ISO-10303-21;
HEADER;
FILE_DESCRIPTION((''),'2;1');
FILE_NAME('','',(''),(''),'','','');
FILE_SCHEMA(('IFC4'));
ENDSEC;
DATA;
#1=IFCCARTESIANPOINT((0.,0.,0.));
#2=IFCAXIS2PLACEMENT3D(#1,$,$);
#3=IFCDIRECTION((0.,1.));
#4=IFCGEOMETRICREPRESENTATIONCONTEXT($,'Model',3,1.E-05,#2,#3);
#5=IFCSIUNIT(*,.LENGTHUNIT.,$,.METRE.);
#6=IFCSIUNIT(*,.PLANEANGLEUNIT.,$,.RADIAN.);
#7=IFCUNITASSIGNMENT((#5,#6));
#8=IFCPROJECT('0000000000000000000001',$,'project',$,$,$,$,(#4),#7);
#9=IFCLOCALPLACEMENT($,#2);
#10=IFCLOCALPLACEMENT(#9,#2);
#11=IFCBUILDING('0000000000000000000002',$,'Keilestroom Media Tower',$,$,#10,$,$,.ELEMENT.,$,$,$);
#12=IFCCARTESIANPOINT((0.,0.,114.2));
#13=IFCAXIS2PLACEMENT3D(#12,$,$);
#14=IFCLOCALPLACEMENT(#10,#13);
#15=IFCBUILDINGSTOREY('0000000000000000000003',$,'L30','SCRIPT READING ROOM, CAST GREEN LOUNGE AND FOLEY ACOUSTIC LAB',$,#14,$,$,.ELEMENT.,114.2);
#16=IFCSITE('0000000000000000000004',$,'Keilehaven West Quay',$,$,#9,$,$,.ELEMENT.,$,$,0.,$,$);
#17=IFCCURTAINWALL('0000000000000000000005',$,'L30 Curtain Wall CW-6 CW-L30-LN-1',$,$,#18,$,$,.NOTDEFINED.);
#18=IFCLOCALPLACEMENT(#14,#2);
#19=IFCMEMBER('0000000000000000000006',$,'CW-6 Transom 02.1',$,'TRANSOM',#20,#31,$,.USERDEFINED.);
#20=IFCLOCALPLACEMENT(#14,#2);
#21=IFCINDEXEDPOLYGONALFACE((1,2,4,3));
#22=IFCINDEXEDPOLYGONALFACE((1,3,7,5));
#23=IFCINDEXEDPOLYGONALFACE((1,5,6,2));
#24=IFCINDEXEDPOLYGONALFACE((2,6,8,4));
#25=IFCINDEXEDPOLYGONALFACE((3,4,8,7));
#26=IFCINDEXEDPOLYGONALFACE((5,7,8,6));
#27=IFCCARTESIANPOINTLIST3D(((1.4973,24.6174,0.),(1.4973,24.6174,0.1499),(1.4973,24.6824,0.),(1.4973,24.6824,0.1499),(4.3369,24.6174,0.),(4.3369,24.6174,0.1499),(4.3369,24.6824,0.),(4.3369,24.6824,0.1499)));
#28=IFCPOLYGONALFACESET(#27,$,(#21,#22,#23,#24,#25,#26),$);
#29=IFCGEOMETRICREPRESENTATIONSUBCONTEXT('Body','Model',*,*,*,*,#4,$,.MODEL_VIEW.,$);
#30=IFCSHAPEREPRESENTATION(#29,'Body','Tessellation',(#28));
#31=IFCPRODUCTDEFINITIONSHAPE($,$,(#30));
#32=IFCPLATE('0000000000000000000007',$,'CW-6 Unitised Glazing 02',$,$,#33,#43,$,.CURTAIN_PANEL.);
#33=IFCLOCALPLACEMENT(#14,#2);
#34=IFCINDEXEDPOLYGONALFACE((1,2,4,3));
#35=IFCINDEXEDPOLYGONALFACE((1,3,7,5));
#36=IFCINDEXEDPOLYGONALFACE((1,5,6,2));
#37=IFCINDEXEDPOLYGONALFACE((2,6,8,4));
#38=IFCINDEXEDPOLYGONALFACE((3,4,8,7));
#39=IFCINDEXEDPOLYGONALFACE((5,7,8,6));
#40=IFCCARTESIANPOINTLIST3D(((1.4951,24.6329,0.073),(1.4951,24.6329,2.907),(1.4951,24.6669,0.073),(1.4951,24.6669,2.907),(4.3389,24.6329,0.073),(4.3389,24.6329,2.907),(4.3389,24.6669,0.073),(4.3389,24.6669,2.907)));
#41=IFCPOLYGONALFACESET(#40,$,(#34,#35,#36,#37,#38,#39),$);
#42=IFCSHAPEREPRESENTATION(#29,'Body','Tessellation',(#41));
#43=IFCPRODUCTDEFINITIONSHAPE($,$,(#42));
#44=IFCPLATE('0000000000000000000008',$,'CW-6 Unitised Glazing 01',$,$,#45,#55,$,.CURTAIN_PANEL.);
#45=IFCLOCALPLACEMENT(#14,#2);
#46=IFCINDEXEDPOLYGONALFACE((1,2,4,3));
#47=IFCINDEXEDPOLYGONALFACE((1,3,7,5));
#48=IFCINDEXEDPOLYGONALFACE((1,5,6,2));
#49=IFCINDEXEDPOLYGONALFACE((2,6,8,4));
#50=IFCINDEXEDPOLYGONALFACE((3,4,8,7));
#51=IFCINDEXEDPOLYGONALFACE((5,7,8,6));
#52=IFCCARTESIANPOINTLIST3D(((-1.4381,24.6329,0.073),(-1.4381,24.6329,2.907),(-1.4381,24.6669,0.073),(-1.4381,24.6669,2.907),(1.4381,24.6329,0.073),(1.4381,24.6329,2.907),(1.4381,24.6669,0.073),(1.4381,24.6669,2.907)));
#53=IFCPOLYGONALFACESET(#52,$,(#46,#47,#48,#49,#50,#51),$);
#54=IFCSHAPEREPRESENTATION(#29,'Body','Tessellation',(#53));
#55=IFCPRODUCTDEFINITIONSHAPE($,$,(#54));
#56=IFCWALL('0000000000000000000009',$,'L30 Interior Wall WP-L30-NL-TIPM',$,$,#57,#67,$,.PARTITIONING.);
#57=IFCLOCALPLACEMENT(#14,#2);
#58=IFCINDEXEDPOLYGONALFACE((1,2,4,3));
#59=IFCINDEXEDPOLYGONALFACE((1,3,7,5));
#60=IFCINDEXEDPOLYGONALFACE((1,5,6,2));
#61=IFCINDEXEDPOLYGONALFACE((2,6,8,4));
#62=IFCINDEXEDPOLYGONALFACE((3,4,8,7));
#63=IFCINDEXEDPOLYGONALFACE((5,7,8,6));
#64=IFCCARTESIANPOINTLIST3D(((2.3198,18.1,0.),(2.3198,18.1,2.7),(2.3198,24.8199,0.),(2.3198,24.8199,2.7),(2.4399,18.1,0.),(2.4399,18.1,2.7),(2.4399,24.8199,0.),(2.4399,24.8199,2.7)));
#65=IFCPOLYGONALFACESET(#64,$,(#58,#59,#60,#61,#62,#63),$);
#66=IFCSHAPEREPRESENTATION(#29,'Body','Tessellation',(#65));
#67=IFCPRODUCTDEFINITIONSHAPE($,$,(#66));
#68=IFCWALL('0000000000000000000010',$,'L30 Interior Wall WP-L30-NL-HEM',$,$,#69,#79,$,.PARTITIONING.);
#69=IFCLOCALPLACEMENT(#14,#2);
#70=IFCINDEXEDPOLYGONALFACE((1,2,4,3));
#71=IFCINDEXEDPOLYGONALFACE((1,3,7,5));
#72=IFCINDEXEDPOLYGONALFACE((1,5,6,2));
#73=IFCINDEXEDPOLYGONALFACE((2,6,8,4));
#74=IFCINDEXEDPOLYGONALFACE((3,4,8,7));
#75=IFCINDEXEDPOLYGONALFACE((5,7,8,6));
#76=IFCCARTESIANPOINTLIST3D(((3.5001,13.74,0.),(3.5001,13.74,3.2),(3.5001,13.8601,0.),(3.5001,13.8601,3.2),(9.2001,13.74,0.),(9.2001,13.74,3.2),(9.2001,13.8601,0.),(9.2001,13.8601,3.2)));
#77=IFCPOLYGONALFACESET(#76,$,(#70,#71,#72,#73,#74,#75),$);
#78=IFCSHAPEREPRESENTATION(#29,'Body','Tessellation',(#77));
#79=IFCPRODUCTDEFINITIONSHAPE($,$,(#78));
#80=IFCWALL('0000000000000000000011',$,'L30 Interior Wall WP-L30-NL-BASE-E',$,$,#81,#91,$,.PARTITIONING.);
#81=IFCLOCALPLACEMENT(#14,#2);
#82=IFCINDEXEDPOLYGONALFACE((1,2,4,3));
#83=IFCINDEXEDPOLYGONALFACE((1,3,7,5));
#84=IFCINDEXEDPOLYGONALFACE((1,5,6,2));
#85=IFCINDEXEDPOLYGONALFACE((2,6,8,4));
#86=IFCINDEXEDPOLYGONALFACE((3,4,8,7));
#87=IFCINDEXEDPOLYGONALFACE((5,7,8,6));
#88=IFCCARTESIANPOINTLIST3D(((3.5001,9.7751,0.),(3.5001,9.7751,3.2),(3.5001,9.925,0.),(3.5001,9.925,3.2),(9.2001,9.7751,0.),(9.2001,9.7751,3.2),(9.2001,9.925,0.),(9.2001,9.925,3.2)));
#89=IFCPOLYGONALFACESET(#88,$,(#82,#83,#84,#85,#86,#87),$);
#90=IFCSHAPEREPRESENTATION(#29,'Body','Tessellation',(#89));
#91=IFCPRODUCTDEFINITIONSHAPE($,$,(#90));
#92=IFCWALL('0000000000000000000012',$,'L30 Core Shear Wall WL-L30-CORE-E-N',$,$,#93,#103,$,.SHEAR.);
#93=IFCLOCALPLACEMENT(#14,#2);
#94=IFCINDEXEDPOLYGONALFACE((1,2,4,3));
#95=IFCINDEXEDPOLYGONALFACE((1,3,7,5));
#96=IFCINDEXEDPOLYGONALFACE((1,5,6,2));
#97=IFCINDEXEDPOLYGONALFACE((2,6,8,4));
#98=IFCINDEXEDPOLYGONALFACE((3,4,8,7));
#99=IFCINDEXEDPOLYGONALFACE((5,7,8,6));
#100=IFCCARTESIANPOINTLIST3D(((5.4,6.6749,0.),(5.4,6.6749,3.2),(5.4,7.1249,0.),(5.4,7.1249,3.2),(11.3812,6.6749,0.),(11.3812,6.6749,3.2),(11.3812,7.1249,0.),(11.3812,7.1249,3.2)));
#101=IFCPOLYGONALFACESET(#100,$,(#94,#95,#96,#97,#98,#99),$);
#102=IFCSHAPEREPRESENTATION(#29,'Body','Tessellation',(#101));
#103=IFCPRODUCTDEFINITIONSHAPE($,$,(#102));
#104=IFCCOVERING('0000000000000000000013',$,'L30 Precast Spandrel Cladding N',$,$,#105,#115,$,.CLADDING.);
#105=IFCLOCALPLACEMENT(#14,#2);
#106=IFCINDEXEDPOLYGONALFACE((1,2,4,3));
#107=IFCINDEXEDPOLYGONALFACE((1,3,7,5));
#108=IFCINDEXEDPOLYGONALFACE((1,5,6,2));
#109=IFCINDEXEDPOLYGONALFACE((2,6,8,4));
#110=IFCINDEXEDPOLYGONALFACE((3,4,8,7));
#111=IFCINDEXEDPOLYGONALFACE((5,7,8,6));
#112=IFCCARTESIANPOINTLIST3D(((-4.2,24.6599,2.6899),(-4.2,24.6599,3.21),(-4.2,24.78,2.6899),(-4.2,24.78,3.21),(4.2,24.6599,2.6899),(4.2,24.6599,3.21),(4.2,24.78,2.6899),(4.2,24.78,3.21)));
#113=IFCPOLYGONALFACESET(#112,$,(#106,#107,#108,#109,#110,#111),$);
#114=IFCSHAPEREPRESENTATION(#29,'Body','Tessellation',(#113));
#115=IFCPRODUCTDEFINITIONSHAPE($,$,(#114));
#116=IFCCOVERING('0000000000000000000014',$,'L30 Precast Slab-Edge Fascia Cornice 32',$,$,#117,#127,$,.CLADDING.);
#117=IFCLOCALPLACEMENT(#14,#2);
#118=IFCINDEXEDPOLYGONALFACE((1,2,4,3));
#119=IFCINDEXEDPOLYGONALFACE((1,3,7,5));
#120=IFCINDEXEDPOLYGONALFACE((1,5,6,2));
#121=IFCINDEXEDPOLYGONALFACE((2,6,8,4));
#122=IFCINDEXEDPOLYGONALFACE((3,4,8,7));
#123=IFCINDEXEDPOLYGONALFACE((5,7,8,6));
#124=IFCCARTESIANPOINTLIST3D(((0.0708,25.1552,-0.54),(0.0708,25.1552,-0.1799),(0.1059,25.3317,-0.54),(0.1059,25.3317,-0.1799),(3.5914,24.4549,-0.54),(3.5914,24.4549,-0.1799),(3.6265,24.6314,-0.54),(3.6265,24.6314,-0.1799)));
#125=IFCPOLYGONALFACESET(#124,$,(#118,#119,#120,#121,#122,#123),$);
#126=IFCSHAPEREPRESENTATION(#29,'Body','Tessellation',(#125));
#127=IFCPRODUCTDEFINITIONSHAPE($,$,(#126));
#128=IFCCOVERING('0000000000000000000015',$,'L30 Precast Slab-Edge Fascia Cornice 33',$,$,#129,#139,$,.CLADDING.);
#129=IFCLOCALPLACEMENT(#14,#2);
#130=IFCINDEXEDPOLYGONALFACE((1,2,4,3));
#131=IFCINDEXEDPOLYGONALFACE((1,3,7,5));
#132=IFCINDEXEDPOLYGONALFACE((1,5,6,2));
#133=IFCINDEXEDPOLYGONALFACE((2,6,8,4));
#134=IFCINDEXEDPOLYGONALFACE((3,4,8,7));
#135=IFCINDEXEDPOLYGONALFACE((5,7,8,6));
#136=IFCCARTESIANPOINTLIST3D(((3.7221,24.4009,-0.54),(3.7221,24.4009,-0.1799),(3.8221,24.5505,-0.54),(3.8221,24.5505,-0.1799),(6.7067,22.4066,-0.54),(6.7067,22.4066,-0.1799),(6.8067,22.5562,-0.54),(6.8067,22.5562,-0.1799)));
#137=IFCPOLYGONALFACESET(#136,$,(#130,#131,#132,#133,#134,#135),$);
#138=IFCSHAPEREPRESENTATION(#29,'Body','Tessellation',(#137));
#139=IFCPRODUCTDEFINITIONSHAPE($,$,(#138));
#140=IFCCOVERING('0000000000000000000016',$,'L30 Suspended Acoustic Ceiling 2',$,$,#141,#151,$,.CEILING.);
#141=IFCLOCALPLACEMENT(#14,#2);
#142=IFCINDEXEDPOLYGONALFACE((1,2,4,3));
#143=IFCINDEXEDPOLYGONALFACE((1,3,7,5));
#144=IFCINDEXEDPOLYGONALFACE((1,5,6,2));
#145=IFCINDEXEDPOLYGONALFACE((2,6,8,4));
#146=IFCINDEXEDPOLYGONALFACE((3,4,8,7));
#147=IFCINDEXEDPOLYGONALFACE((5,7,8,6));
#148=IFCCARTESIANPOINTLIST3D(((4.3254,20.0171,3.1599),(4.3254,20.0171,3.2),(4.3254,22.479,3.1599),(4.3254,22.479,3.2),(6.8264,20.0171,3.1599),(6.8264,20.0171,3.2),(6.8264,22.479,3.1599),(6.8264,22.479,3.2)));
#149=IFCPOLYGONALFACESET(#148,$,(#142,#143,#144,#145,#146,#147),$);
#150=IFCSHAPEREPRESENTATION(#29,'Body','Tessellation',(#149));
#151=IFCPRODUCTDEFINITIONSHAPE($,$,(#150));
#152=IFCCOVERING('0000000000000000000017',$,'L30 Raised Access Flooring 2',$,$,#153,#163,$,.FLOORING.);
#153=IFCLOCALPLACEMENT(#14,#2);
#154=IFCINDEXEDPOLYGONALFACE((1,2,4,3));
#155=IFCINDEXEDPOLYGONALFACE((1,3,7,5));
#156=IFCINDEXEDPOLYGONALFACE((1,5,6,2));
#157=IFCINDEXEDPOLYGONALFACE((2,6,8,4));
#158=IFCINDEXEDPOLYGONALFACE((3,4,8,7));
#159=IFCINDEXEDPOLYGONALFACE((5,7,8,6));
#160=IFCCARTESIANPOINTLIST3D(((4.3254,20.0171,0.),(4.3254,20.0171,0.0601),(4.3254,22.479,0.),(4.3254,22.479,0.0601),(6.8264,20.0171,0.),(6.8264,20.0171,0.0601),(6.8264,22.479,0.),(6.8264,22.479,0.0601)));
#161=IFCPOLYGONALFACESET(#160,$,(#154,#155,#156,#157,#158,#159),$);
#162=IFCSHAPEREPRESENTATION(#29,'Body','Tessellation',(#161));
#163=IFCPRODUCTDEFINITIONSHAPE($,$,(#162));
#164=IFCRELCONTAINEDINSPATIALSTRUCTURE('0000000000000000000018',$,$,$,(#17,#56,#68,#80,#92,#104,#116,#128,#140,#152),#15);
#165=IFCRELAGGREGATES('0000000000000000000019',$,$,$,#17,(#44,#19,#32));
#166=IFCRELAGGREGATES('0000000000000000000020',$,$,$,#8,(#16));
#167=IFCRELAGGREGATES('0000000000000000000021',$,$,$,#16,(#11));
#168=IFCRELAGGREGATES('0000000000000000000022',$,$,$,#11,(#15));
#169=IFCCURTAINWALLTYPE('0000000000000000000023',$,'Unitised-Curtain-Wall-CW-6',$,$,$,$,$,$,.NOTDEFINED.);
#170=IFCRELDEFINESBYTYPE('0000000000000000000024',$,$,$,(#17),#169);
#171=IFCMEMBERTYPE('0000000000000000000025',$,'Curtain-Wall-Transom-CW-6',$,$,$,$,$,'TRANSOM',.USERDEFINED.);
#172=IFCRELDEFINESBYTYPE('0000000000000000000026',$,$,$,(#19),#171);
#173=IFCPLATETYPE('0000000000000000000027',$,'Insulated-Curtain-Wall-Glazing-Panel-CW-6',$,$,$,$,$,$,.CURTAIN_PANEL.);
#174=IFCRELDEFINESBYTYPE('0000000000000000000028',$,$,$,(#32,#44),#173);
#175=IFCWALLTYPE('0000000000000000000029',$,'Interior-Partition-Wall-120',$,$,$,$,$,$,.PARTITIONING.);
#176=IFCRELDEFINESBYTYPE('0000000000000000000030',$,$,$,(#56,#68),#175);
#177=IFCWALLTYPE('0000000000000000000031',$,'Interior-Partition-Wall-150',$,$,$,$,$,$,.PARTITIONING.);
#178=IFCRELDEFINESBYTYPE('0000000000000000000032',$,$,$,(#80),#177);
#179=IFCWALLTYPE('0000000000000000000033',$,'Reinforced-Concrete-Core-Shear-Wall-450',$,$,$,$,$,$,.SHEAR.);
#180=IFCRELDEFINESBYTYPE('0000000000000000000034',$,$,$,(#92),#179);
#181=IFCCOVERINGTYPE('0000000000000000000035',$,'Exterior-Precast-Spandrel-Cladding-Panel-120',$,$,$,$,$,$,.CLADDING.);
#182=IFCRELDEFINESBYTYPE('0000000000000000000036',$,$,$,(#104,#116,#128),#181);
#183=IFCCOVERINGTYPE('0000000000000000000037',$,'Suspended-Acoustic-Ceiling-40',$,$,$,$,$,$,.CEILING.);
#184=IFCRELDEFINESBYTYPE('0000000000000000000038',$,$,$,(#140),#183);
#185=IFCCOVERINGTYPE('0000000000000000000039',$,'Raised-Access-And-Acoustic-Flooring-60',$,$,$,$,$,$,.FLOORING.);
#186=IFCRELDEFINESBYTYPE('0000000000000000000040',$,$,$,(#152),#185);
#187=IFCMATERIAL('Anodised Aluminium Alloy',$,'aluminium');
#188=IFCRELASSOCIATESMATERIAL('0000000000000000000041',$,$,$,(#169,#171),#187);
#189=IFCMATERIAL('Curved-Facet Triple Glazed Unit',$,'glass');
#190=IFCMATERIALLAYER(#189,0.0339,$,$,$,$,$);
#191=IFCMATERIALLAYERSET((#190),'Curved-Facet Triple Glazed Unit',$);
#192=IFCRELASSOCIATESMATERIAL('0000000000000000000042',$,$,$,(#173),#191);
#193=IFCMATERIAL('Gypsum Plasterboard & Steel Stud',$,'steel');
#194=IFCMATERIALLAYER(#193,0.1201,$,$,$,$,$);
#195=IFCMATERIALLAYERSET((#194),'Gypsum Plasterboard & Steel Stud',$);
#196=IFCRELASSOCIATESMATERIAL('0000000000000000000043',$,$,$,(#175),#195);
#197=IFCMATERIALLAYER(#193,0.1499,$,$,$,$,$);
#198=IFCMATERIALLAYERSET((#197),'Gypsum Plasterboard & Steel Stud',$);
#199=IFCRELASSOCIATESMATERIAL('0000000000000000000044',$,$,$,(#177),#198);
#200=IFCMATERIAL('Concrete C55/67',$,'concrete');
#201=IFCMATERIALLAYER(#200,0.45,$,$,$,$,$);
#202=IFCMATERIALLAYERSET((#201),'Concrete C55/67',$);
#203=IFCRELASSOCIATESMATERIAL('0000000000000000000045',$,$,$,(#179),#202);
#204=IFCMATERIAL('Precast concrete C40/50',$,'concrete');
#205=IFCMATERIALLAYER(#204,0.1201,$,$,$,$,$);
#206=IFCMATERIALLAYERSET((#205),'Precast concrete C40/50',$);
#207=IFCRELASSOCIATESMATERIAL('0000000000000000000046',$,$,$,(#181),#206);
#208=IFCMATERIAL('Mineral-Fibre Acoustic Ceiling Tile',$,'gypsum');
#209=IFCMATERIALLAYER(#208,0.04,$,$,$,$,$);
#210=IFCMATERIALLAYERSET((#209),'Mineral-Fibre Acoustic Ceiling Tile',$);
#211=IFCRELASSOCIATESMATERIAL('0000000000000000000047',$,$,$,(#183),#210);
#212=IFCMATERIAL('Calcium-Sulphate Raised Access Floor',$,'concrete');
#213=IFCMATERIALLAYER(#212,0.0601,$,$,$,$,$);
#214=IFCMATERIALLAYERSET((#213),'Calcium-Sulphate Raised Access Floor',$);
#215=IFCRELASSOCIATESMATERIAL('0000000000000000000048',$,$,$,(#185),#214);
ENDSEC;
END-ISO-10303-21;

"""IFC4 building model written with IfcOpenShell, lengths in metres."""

from ifc_helpers import new_model, si_unit, direction, frame, frame_2d, origin, origin_2d, place, context, subcontext, project, spatial, rectangle, extrude, source, transform, mapped, material, layer, layer_set, material_profile, profile_set, type_object, element, aggregate, save


model = new_model("IFC4")

# Units and contexts
model_context = context("Model", 3, precision=1e-05, world=origin(), true_north=direction((0.0, 1.0)))
body_context = subcontext(model_context, "Body", "Model", "MODEL_VIEW")
ifc_project = project(units=[si_unit("LENGTHUNIT", "METRE"), si_unit("PLANEANGLEUNIT", "RADIAN")], contexts=[model_context])

# Site, building, storey
site_placement = place(None, origin())
site = spatial("IfcSite", under=ifc_project, at=site_placement, Name="Keilehaven West Quay", CompositionType="ELEMENT", RefElevation=0.0)
building_placement = place(site_placement, origin())
building = spatial("IfcBuilding", under=site, at=building_placement, Name="Keilestroom Media Tower", CompositionType="ELEMENT")
storey_placement = place(building_placement, frame((0.0, 0.0, 114.2)))
storey = spatial("IfcBuildingStorey", under=building, at=storey_placement, Name="L30", Description="SCRIPT READING ROOM, CAST GREEN LOUNGE AND FOLEY ACOUSTIC LAB", CompositionType="ELEMENT", Elevation=114.2)

# Shared definitions
ifc_material_1 = material(Name="Concrete C55/67", Category="concrete")

# Curtain wall, member, plates
ifc_material_2 = material(Name="Anodised Aluminium Alloy", Category="aluminium")
curtain_wall_type = type_object("IfcCurtainWallType", Name="Unitised-Curtain-Wall-CW-6", PredefinedType="NOTDEFINED", material=ifc_material_2)
curtain_wall_placement = place(storey_placement, origin())
curtain_wall = element("IfcCurtainWall", 1, at=curtain_wall_placement, inside=storey, type_object=curtain_wall_type, Name="L30 Curtain Wall CW-6 CW-L30-LN-1", PredefinedType="NOTDEFINED")
ifc_material_profile_1 = material_profile(ifc_material_2, rectangle(XDim=0.0649, YDim=0.1499, at=origin_2d()), Name="ALU TRANSOM 65x150")
ifc_profile_set_1 = profile_set([ifc_material_profile_1], Name="Anodised Aluminium Alloy")
member_type_1 = type_object("IfcMemberType", Name="Curtain-Wall-Transom-CW-6", ElementType="TRANSOM", PredefinedType="USERDEFINED", material=ifc_profile_set_1)
shared_shape_1 = source(origin(), body_context, "Body", "SweptSolid", [
    extrude(rectangle(XDim=0.0649, YDim=0.1499, at=origin_2d()), origin(), (0.0, 0.0, 1.0), 2.8396),
])
member_1_placement = place(storey_placement, frame((1.4973, 24.6499, 0.075), z_axis=(1.0, 0.0, 0.0), x_axis=(0.0, 1.0, 0.0)))
member_1 = element("IfcMember", 2, at=member_1_placement, type_object=member_type_1, Name="CW-6 Transom 02.1", ObjectType="TRANSOM", PredefinedType="USERDEFINED", context=body_context, shape_type="MappedRepresentation", body=[
    mapped(shared_shape_1, transform((0.0, 0.0, 0.0), x_axis=(1.0, 0.0, 0.0), y_axis=(0.0, 1.0, 0.0), z_axis=(0.0, 0.0, 1.0), scale=1.0)),
])
ifc_material_3 = material(Name="Curved-Facet Triple Glazed Unit", Category="glass")
ifc_layer_1 = layer(ifc_material_3, 0.0339)
ifc_layer_set_1 = layer_set([ifc_layer_1], Name="Curved-Facet Triple Glazed Unit")
plate_type = type_object("IfcPlateType", Name="Insulated-Curtain-Wall-Glazing-Panel-CW-6", PredefinedType="CURTAIN_PANEL", material=ifc_layer_set_1)
shared_shape_2 = source(origin(), body_context, "Body", "SweptSolid", [
    extrude(rectangle(XDim=2.8438, YDim=0.0339, at=origin_2d()), origin(), (0.0, 0.0, 1.0), 2.834),
])
plate_1_placement = place(storey_placement, frame((2.917, 24.6499, 0.073), z_axis=(0.0, 0.0, 1.0), x_axis=(1.0, 0.0, 0.0)))
plate_1 = element("IfcPlate", 3, at=plate_1_placement, type_object=plate_type, Name="CW-6 Unitised Glazing 02", PredefinedType="CURTAIN_PANEL", context=body_context, shape_type="MappedRepresentation", body=[
    mapped(shared_shape_2, transform((0.0, 0.0, 0.0), x_axis=(1.0, 0.0, 0.0), y_axis=(0.0, 1.0, 0.0), z_axis=(0.0, 0.0, 1.0), scale=1.0)),
])
shared_shape_3 = source(origin(), body_context, "Body", "SweptSolid", [
    extrude(rectangle(XDim=2.8762, YDim=0.0339, at=origin_2d()), origin(), (0.0, 0.0, 1.0), 2.834),
])
plate_2_placement = place(storey_placement, frame((0.0, 24.6499, 0.073), z_axis=(0.0, 0.0, 1.0), x_axis=(1.0, 0.0, 0.0)))
plate_2 = element("IfcPlate", 4, at=plate_2_placement, type_object=plate_type, Name="CW-6 Unitised Glazing 01", PredefinedType="CURTAIN_PANEL", context=body_context, shape_type="MappedRepresentation", body=[
    mapped(shared_shape_3, transform((0.0, 0.0, 0.0), x_axis=(1.0, 0.0, 0.0), y_axis=(0.0, 1.0, 0.0), z_axis=(0.0, 0.0, 1.0), scale=1.0)),
])
aggregate(curtain_wall, [plate_2, member_1, plate_1])

# Shared definitions
ifc_material_4 = material(Name="Gypsum Plasterboard & Steel Stud", Category="steel")
ifc_layer_2 = layer(ifc_material_4, 0.1201)
ifc_layer_set_2 = layer_set([ifc_layer_2], Name="Gypsum Plasterboard & Steel Stud")
wall_type_1 = type_object("IfcWallType", Name="Interior-Partition-Wall-120", PredefinedType="PARTITIONING", material=ifc_layer_set_2)

# Walls
wall_1_placement = place(storey_placement, frame((2.3799, 18.1001, 0.0), z_axis=(0.0, 0.0, 1.0), x_axis=(0.0, 1.0, 0.0)))
element("IfcWall", 5, at=wall_1_placement, inside=storey, type_object=wall_type_1, Name="L30 Interior Wall WP-L30-NL-TIPM", PredefinedType="PARTITIONING", context=body_context, shape_type="SweptSolid", body=[
    extrude(rectangle(XDim=6.72, YDim=0.1201, at=frame_2d((3.3599, 0.0))), origin(), (0.0, 0.0, 1.0), 2.7),
])
wall_2_placement = place(storey_placement, frame((3.5, 13.8, 0.0), z_axis=(0.0, 0.0, 1.0), x_axis=(1.0, 0.0, 0.0)))
element("IfcWall", 6, at=wall_2_placement, inside=storey, type_object=wall_type_1, Name="L30 Interior Wall WP-L30-NL-HEM", PredefinedType="PARTITIONING", context=body_context, shape_type="SweptSolid", body=[
    extrude(rectangle(XDim=5.7, YDim=0.1201, at=frame_2d((2.8501, 0.0))), origin(), (0.0, 0.0, 1.0), 3.2),
])
ifc_layer_3 = layer(ifc_material_4, 0.1499)
ifc_layer_set_3 = layer_set([ifc_layer_3], Name="Gypsum Plasterboard & Steel Stud")
wall_type_2 = type_object("IfcWallType", Name="Interior-Partition-Wall-150", PredefinedType="PARTITIONING", material=ifc_layer_set_3)
wall_3_placement = place(storey_placement, frame((3.5, 9.8501, 0.0), z_axis=(0.0, 0.0, 1.0), x_axis=(1.0, 0.0, 0.0)))
element("IfcWall", 7, at=wall_3_placement, inside=storey, type_object=wall_type_2, Name="L30 Interior Wall WP-L30-NL-BASE-E", PredefinedType="PARTITIONING", context=body_context, shape_type="SweptSolid", body=[
    extrude(rectangle(XDim=5.7, YDim=0.1499, at=frame_2d((2.8501, 0.0))), origin(), (0.0, 0.0, 1.0), 3.2),
])
ifc_layer_4 = layer(ifc_material_1, 0.45)
ifc_layer_set_4 = layer_set([ifc_layer_4], Name="Concrete C55/67")
wall_type_3 = type_object("IfcWallType", Name="Reinforced-Concrete-Core-Shear-Wall-450", PredefinedType="SHEAR", material=ifc_layer_set_4)
wall_4_placement = place(storey_placement, frame((5.3999, 6.8999, 0.0), z_axis=(0.0, 0.0, 1.0), x_axis=(1.0, 0.0, 0.0)))
element("IfcWall", 8, at=wall_4_placement, inside=storey, type_object=wall_type_3, Name="L30 Core Shear Wall WL-L30-CORE-E-N", PredefinedType="SHEAR", context=body_context, shape_type="SweptSolid", body=[
    extrude(rectangle(XDim=5.9812, YDim=0.45, at=frame_2d((2.9907, 0.0))), origin(), (0.0, 0.0, 1.0), 3.2),
])

# Coverings
ifc_material_5 = material(Name="Precast concrete C40/50", Category="concrete")
ifc_layer_5 = layer(ifc_material_5, 0.1201)
ifc_layer_set_5 = layer_set([ifc_layer_5], Name="Precast concrete C40/50")
covering_type_1 = type_object("IfcCoveringType", Name="Exterior-Precast-Spandrel-Cladding-Panel-120", PredefinedType="CLADDING", material=ifc_layer_set_5)
shared_shape_4 = source(origin(), body_context, "Body", "SweptSolid", [
    extrude(rectangle(XDim=8.3999, YDim=0.1201, at=origin_2d()), origin(), (0.0, 0.0, 1.0), 0.52),
])
covering_1_placement = place(storey_placement, frame((0.0, 24.72, 2.6899), z_axis=(0.0, 0.0, 1.0), x_axis=(1.0, 0.0, 0.0)))
element("IfcCovering", 9, at=covering_1_placement, inside=storey, type_object=covering_type_1, Name="L30 Precast Spandrel Cladding N", PredefinedType="CLADDING", context=body_context, shape_type="MappedRepresentation", body=[
    mapped(shared_shape_4, transform((0.0, 0.0, 0.0), x_axis=(1.0, 0.0, 0.0), y_axis=(0.0, 1.0, 0.0), z_axis=(0.0, 0.0, 1.0), scale=1.0)),
])
shared_shape_5 = source(origin(), body_context, "Body", "SweptSolid", [
    extrude(rectangle(XDim=3.5896, YDim=0.1799, at=origin_2d()), origin(), (0.0, 0.0, 1.0), 0.3601),
])
for number, where, z_axis, x_axis, name in (
    (10, (1.8486, 24.8933, -0.54), (0.0, 0.0, 1.0), (0.980784, -0.195099, 0.0), "L30 Precast Slab-Edge Fascia Cornice 32"),
    (11, (5.2644, 23.4785, -0.54), (0.0, 0.0, 1.0), (0.831467, -0.555575, 0.0), "L30 Precast Slab-Edge Fascia Cornice 33"),
):
    element("IfcCovering", number, at=place(storey_placement, frame(where, z_axis=z_axis, x_axis=x_axis)), inside=storey, type_object=covering_type_1, Name=name, PredefinedType="CLADDING", context=body_context, shape_type="MappedRepresentation", body=[
        mapped(shared_shape_5, transform((0.0, 0.0, 0.0), x_axis=(1.0, 0.0, 0.0), y_axis=(0.0, 1.0, 0.0), z_axis=(0.0, 0.0, 1.0), scale=1.0)),
    ])
ifc_material_6 = material(Name="Mineral-Fibre Acoustic Ceiling Tile", Category="gypsum")
ifc_layer_6 = layer(ifc_material_6, 0.04)
ifc_layer_set_6 = layer_set([ifc_layer_6], Name="Mineral-Fibre Acoustic Ceiling Tile")
covering_type_2 = type_object("IfcCoveringType", Name="Suspended-Acoustic-Ceiling-40", PredefinedType="CEILING", material=ifc_layer_set_6)
shared_shape_6 = source(origin(), body_context, "Body", "SweptSolid", [
    extrude(rectangle(XDim=2.501, YDim=2.4619, at=origin_2d()), origin(), (0.0, 0.0, 1.0), 0.04),
])
covering_2_placement = place(storey_placement, frame((5.5759, 21.248, 3.1599), z_axis=(0.0, 0.0, 1.0), x_axis=(1.0, 0.0, 0.0)))
element("IfcCovering", 12, at=covering_2_placement, inside=storey, type_object=covering_type_2, Name="L30 Suspended Acoustic Ceiling 2", PredefinedType="CEILING", context=body_context, shape_type="MappedRepresentation", body=[
    mapped(shared_shape_6, transform((0.0, 0.0, 0.0), x_axis=(1.0, 0.0, 0.0), y_axis=(0.0, 1.0, 0.0), z_axis=(0.0, 0.0, 1.0), scale=1.0)),
])
ifc_material_7 = material(Name="Calcium-Sulphate Raised Access Floor", Category="concrete")
ifc_layer_7 = layer(ifc_material_7, 0.0601)
ifc_layer_set_7 = layer_set([ifc_layer_7], Name="Calcium-Sulphate Raised Access Floor")
covering_type_3 = type_object("IfcCoveringType", Name="Raised-Access-And-Acoustic-Flooring-60", PredefinedType="FLOORING", material=ifc_layer_set_7)
shared_shape_7 = source(origin(), body_context, "Body", "SweptSolid", [
    extrude(rectangle(XDim=2.501, YDim=2.4619, at=origin_2d()), origin(), (0.0, 0.0, 1.0), 0.0601),
])
covering_3_placement = place(storey_placement, frame((5.5759, 21.248, 0.0), z_axis=(0.0, 0.0, 1.0), x_axis=(1.0, 0.0, 0.0)))
element("IfcCovering", 13, at=covering_3_placement, inside=storey, type_object=covering_type_3, Name="L30 Raised Access Flooring 2", PredefinedType="FLOORING", context=body_context, shape_type="MappedRepresentation", body=[
    mapped(shared_shape_7, transform((0.0, 0.0, 0.0), x_axis=(1.0, 0.0, 0.0), y_axis=(0.0, 1.0, 0.0), z_axis=(0.0, 0.0, 1.0), scale=1.0)),
])

save(model, "model.ifc")
